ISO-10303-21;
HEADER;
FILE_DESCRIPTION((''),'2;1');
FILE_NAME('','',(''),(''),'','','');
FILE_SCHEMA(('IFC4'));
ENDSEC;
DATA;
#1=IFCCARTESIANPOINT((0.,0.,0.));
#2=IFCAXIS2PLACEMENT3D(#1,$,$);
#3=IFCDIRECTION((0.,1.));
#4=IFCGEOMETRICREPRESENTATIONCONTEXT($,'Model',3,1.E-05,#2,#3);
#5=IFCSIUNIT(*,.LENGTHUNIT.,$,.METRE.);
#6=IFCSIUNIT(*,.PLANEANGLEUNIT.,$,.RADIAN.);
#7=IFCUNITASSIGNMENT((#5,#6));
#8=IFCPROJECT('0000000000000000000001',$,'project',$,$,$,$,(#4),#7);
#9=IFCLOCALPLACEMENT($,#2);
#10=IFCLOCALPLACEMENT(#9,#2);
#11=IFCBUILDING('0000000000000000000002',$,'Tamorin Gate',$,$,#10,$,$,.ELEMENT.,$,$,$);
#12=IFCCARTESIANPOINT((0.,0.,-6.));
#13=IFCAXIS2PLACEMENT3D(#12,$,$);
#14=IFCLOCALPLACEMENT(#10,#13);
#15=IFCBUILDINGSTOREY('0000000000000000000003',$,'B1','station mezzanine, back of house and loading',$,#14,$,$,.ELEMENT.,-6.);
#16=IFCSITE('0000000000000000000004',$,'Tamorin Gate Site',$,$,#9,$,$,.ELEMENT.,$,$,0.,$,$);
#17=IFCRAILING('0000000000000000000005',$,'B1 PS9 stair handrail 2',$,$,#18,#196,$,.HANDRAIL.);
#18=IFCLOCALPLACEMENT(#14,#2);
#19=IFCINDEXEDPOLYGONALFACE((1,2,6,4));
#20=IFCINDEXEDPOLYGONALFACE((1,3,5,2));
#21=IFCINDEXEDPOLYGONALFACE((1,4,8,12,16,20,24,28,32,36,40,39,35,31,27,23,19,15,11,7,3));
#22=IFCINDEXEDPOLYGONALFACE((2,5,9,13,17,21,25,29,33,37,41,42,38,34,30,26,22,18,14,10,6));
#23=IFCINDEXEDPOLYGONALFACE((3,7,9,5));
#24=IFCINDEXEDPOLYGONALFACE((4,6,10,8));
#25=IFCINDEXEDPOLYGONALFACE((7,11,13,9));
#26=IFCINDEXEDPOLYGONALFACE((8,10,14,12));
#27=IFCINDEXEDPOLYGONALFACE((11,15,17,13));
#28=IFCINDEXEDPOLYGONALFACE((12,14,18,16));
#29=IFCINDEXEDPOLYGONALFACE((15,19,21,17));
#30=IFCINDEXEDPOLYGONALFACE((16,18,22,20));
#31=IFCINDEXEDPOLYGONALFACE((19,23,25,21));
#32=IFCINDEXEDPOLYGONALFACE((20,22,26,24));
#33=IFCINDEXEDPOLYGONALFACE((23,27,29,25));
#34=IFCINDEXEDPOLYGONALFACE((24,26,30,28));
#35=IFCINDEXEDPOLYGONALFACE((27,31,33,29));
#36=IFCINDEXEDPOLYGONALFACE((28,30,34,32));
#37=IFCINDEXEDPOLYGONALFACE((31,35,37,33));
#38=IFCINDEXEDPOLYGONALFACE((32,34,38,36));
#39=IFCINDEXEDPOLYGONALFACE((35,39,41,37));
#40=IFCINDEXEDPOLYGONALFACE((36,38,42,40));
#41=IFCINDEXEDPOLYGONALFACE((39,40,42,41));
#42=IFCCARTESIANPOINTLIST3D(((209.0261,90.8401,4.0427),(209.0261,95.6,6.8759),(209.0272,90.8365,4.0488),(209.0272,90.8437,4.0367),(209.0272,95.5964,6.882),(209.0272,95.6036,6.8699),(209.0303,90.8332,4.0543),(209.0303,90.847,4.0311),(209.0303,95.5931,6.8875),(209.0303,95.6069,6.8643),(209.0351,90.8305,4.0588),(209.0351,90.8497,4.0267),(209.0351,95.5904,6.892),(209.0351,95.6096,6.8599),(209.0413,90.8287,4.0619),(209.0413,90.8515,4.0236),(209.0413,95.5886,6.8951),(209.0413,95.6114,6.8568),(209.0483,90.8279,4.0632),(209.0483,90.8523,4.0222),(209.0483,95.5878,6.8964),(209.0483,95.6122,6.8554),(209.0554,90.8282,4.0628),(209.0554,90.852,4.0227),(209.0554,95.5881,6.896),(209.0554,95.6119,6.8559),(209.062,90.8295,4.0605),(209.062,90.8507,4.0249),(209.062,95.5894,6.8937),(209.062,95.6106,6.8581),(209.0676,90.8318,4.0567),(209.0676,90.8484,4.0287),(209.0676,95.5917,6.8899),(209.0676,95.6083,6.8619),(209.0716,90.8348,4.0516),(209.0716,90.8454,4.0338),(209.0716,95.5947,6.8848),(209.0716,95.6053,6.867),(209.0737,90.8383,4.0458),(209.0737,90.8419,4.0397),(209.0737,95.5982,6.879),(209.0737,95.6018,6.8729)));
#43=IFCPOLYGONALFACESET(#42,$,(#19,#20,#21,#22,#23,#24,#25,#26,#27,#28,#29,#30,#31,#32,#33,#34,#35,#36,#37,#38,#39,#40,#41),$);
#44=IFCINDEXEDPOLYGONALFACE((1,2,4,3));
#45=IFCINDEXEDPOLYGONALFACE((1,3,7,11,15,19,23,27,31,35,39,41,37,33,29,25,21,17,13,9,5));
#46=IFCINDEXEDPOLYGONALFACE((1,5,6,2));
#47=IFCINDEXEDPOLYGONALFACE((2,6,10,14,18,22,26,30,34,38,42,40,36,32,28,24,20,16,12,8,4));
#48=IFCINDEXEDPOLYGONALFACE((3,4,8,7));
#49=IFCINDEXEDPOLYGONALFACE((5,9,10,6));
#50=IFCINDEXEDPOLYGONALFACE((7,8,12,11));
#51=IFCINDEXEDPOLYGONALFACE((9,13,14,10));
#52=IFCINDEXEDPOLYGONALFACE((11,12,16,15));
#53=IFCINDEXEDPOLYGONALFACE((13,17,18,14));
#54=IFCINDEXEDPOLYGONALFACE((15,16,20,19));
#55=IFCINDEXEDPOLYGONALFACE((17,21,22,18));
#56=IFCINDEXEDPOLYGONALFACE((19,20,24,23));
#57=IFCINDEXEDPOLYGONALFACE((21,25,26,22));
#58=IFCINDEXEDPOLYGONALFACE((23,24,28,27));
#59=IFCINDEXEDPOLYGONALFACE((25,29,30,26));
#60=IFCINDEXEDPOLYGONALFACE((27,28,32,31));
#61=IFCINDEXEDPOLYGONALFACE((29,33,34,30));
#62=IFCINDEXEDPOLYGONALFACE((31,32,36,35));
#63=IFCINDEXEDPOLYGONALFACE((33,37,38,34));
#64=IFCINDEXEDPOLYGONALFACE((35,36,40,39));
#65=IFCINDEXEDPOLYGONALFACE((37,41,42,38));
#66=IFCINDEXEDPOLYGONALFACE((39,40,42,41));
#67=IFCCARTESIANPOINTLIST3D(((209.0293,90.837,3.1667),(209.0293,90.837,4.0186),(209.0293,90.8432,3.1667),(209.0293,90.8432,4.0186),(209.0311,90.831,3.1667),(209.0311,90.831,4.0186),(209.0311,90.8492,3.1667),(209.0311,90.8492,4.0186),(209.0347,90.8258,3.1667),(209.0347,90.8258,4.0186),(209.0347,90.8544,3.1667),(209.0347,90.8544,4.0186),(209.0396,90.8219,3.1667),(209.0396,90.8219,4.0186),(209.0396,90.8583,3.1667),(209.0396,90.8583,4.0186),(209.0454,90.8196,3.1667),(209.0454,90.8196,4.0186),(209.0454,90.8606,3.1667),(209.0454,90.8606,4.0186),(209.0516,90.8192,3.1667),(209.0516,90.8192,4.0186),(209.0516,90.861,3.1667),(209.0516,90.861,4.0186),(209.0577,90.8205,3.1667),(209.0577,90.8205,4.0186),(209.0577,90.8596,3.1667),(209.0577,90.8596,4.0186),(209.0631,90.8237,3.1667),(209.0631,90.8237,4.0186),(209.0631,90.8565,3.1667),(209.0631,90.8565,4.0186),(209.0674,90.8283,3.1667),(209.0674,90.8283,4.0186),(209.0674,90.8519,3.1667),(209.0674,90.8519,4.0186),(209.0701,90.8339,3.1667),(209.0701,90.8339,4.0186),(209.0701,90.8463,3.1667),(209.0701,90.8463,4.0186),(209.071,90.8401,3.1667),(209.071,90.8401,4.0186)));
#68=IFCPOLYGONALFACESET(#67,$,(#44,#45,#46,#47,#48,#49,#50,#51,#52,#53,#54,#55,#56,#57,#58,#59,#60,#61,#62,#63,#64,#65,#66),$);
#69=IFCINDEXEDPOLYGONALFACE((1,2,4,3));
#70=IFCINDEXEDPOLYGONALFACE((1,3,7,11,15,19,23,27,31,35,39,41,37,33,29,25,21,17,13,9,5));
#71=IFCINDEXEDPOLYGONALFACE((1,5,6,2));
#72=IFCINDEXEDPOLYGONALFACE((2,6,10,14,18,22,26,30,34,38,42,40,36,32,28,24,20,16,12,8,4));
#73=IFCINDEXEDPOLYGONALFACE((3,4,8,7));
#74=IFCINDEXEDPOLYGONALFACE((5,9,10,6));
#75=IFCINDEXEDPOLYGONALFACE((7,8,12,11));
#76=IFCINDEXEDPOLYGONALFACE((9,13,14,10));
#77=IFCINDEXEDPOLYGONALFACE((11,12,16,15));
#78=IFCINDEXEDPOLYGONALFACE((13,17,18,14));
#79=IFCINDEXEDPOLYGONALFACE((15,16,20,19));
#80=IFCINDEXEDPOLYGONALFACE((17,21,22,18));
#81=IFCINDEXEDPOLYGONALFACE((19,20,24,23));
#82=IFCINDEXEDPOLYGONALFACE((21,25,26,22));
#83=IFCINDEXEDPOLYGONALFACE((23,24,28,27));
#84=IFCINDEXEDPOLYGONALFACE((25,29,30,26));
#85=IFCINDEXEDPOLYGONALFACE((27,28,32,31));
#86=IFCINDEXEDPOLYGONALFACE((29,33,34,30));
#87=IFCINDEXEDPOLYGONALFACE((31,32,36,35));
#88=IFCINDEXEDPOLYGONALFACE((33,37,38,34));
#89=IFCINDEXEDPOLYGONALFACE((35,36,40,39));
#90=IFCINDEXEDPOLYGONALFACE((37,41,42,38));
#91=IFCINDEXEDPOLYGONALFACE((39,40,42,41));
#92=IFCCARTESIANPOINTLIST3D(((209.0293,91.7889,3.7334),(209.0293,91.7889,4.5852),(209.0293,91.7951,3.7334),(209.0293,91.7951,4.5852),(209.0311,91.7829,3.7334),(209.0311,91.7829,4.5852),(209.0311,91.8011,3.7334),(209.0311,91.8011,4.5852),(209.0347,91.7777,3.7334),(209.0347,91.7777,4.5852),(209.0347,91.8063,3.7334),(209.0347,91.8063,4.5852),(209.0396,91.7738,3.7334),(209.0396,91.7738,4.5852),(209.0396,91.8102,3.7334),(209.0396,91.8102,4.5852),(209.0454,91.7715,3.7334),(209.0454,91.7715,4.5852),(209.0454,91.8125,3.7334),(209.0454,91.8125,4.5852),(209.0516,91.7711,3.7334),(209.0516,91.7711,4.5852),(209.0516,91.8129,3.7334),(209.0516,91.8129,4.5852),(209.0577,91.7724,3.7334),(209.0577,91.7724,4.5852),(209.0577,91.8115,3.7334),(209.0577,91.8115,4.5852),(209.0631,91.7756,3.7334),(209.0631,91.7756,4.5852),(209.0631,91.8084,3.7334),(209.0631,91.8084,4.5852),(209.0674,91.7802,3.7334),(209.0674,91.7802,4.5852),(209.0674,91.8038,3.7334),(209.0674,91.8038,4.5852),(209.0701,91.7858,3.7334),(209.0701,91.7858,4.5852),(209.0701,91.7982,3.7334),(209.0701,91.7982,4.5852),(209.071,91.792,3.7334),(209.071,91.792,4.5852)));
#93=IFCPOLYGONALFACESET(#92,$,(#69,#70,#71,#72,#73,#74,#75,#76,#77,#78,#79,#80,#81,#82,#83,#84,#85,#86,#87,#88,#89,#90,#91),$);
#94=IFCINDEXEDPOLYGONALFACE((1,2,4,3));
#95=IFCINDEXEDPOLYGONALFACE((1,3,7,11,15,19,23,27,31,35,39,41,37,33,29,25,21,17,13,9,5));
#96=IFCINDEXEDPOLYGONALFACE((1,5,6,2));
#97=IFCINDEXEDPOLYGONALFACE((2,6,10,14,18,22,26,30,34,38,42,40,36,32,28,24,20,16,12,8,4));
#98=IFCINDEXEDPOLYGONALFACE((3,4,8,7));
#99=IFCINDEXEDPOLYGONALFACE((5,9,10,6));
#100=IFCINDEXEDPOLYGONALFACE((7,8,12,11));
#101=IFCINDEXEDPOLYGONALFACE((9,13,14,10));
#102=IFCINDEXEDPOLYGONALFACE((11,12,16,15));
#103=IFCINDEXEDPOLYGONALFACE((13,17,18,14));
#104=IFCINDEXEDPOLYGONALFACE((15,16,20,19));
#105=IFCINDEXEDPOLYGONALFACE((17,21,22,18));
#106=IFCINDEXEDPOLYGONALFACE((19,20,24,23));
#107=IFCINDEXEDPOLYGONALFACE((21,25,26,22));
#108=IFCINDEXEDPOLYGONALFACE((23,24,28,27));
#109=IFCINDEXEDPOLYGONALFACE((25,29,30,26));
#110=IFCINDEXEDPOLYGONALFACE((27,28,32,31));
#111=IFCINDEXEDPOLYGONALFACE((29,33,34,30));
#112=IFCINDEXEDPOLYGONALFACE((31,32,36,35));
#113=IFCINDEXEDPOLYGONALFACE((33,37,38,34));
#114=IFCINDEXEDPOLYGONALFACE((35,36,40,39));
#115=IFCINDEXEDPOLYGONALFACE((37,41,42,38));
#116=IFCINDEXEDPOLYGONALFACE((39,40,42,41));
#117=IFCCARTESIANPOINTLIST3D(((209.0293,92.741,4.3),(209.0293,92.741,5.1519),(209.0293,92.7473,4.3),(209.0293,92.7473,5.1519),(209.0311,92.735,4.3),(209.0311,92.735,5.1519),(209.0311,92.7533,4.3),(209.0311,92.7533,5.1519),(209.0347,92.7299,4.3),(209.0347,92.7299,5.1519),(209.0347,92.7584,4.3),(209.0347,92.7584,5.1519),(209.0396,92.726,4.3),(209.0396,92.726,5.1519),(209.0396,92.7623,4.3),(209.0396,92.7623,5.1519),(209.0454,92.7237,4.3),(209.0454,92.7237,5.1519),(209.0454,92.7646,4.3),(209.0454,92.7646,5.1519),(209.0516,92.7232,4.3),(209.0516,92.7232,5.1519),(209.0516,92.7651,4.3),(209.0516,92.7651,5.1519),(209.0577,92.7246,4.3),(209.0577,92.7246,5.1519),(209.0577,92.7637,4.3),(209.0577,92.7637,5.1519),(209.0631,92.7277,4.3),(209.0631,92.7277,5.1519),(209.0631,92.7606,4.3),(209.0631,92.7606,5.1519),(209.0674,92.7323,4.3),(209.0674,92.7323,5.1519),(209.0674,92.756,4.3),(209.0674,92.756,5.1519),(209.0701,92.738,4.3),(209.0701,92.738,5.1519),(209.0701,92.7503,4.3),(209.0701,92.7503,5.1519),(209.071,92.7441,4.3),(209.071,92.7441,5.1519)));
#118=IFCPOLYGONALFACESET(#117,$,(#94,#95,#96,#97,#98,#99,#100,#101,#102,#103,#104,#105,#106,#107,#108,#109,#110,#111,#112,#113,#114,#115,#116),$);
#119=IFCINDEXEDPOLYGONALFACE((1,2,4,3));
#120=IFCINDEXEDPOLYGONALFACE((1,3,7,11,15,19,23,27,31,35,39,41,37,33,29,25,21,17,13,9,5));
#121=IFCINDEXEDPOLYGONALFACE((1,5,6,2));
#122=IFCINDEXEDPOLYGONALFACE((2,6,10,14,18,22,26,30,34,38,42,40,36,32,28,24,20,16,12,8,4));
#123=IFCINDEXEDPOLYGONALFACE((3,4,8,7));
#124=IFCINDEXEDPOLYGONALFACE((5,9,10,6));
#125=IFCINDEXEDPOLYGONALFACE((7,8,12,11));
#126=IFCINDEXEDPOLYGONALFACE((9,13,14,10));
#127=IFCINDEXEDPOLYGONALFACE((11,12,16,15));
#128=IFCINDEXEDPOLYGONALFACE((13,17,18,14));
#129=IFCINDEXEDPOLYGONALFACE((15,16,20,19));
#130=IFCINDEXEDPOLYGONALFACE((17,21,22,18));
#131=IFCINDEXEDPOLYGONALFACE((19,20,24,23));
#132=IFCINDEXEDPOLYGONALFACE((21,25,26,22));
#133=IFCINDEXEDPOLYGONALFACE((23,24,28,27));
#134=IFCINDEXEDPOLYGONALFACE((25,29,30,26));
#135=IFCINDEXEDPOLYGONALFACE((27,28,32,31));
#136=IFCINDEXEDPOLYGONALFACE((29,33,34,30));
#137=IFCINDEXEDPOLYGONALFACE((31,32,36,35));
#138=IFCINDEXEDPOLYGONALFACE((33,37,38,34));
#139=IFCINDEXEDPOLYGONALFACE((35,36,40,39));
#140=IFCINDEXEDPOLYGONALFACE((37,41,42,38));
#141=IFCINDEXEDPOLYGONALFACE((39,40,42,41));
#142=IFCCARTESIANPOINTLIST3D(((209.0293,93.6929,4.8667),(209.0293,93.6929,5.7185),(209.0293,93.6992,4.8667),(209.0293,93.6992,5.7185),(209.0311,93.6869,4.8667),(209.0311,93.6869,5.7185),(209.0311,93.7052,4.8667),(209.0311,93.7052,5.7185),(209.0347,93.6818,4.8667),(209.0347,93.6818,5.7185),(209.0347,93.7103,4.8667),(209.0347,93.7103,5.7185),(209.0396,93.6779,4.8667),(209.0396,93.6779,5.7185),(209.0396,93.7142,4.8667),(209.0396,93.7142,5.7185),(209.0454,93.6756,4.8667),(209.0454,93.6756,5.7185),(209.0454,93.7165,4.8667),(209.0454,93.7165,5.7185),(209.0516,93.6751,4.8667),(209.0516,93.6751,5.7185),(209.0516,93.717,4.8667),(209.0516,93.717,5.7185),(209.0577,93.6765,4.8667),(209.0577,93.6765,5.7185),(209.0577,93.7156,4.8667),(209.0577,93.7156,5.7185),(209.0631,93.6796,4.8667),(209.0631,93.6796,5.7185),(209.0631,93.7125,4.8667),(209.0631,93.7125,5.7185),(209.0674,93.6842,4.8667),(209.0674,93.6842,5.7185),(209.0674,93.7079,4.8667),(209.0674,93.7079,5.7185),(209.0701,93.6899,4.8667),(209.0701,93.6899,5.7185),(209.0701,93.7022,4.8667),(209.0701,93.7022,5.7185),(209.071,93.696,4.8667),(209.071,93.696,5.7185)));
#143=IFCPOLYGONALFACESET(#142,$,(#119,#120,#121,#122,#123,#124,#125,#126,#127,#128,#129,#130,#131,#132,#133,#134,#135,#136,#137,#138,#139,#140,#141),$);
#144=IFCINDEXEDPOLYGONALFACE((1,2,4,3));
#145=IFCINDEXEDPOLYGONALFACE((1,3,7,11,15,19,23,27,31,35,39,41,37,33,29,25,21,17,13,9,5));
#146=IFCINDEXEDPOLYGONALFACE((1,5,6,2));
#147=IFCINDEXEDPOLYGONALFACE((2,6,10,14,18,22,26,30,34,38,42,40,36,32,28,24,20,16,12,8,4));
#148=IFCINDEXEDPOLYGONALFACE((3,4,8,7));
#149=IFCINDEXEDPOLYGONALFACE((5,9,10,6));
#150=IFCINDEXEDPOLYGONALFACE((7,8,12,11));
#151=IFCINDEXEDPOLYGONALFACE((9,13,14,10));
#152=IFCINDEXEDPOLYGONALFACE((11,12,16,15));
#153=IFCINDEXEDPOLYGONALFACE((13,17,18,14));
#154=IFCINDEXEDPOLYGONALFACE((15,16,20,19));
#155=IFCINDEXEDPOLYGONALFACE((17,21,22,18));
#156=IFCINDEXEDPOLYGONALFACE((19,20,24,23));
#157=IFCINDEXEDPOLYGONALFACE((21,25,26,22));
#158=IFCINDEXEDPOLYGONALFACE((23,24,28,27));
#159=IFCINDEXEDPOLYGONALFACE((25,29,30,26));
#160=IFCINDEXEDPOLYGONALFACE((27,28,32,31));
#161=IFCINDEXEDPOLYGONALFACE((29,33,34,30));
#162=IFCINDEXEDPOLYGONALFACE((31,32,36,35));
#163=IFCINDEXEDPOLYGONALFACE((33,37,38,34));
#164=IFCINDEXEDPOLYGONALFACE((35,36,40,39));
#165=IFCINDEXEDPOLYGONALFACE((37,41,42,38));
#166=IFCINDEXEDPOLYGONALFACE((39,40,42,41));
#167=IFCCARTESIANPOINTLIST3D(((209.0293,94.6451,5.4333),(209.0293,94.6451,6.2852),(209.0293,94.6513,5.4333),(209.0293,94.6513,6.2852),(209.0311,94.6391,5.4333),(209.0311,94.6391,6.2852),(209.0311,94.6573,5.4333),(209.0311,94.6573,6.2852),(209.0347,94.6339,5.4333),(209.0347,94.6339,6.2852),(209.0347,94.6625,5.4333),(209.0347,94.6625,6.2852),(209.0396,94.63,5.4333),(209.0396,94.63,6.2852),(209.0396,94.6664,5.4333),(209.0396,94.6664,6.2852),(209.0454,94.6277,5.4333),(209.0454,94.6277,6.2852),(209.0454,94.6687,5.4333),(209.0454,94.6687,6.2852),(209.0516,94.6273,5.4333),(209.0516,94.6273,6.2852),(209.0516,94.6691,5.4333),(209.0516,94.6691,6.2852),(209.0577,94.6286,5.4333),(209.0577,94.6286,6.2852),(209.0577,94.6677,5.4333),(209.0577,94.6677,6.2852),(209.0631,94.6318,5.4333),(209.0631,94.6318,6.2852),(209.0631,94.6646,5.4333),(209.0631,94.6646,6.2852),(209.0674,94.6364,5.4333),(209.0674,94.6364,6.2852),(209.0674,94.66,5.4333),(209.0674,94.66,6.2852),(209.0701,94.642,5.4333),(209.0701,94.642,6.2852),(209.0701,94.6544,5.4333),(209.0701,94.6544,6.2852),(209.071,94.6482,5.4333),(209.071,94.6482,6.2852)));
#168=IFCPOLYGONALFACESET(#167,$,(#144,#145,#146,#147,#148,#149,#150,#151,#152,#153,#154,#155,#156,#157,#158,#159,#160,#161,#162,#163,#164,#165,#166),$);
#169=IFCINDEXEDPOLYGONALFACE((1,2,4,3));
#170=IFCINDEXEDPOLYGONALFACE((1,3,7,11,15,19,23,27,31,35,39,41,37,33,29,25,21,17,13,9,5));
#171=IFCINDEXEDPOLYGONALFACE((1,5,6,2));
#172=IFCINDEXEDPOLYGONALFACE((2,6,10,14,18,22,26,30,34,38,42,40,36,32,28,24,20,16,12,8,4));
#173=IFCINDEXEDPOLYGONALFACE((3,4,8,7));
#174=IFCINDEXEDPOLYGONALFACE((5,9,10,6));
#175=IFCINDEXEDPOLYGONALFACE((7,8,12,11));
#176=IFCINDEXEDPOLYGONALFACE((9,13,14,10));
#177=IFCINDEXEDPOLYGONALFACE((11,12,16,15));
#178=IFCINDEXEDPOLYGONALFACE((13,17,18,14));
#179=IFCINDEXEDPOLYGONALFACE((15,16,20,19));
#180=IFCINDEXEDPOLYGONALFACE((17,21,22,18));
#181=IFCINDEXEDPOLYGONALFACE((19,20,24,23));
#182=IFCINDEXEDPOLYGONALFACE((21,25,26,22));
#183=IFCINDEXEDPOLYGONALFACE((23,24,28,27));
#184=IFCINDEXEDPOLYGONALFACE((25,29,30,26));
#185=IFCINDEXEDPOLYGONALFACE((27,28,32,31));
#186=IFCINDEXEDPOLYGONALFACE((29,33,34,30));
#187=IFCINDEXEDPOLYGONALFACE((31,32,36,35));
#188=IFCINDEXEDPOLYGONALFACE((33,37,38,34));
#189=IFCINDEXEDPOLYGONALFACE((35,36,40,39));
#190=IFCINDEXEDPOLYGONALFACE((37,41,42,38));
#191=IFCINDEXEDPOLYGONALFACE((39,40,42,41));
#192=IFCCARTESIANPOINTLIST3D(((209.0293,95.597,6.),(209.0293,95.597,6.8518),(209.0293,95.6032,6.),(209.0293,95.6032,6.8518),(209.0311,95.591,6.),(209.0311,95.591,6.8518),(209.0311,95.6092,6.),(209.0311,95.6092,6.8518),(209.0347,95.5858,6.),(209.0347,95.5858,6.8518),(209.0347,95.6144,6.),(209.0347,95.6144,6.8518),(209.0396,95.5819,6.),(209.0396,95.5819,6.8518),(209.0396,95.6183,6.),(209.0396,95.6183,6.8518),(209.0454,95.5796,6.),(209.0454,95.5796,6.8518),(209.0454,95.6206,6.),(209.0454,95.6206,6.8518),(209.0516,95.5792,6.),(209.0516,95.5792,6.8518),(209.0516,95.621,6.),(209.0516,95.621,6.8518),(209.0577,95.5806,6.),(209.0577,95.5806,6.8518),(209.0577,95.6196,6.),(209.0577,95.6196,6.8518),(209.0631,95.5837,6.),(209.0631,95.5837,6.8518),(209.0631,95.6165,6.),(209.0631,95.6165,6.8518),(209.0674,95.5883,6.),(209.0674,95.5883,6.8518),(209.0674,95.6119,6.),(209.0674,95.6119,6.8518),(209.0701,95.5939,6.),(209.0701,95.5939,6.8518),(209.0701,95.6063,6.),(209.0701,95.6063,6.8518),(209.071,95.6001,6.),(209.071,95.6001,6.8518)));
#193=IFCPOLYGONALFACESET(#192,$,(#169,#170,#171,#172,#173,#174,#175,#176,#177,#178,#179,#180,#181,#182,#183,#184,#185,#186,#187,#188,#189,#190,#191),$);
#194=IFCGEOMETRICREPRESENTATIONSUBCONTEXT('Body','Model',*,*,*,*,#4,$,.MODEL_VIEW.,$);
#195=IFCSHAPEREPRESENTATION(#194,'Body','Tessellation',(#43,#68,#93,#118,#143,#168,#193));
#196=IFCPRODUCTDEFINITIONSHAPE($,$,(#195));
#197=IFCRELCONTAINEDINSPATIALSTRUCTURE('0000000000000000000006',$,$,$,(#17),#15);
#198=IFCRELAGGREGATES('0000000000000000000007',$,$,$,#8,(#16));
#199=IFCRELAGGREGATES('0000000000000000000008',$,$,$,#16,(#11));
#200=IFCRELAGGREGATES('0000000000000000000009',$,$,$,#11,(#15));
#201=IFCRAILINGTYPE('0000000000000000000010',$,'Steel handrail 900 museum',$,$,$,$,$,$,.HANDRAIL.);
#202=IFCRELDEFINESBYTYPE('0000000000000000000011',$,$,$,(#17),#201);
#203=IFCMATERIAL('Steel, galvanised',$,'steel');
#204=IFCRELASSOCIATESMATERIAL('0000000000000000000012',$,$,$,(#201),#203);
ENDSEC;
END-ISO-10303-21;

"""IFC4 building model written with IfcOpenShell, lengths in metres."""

from ifc_helpers import new_model, si_unit, direction, frame, origin, origin_2d, place, context, subcontext, project, spatial, circle, extrude, material, type_object, element, save


model = new_model("IFC4")

# Units and contexts
model_context = context("Model", 3, precision=1e-05, world=origin(), true_north=direction((0.0, 1.0)))
body_context = subcontext(model_context, "Body", "Model", "MODEL_VIEW")
ifc_project = project(units=[si_unit("LENGTHUNIT", "METRE"), si_unit("PLANEANGLEUNIT", "RADIAN")], contexts=[model_context])

# Site, building, storey
site_placement = place(None, origin())
site = spatial("IfcSite", under=ifc_project, at=site_placement, Name="Tamorin Gate Site", CompositionType="ELEMENT", RefElevation=0.0)
building_placement = place(site_placement, origin())
building = spatial("IfcBuilding", under=site, at=building_placement, Name="Tamorin Gate", CompositionType="ELEMENT")
storey_placement = place(building_placement, frame((0.0, 0.0, -6.0)))
storey = spatial("IfcBuildingStorey", under=building, at=storey_placement, Name="B1", Description="station mezzanine, back of house and loading", CompositionType="ELEMENT", Elevation=-6.0)

# Railing
ifc_material_1 = material(Name="Steel, galvanised", Category="steel")
railing_type_1 = type_object("IfcRailingType", Name="Steel handrail 900 museum", PredefinedType="HANDRAIL", material=ifc_material_1)
railing_1_placement = place(storey_placement, frame((209.05, 90.8401, 3.1667)))
element("IfcRailing", 1, at=railing_1_placement, inside=storey, type_object=railing_type_1, Name="B1 PS9 stair handrail 2", PredefinedType="HANDRAIL", context=body_context, shape_type="SweptSolid", body=[
    extrude(circle(Radius=0.0239, at=origin_2d()), frame((0.0, 0.0, 0.876), z_axis=(0.0, 0.8593, 0.511472), x_axis=(-1.0, 0.0, 0.0)), (0.0, 0.0, 1.0), 5.5393),
    extrude(circle(Radius=0.021, at=origin_2d()), origin(), (0.0, 0.0, 1.0), 0.8518),
    extrude(circle(Radius=0.021, at=origin_2d()), frame((0.0, 0.9519, 0.5667)), (0.0, 0.0, 1.0), 0.8518),
    extrude(circle(Radius=0.021, at=origin_2d()), frame((0.0, 1.9041, 1.1333)), (0.0, 0.0, 1.0), 0.8518),
    extrude(circle(Radius=0.021, at=origin_2d()), frame((0.0, 2.856, 1.7)), (0.0, 0.0, 1.0), 0.8518),
    extrude(circle(Radius=0.021, at=origin_2d()), frame((0.0, 3.8081, 2.2666)), (0.0, 0.0, 1.0), 0.8518),
    extrude(circle(Radius=0.021, at=origin_2d()), frame((0.0, 4.76, 2.8333)), (0.0, 0.0, 1.0), 0.8518),
])

save(model, "model.ifc")
